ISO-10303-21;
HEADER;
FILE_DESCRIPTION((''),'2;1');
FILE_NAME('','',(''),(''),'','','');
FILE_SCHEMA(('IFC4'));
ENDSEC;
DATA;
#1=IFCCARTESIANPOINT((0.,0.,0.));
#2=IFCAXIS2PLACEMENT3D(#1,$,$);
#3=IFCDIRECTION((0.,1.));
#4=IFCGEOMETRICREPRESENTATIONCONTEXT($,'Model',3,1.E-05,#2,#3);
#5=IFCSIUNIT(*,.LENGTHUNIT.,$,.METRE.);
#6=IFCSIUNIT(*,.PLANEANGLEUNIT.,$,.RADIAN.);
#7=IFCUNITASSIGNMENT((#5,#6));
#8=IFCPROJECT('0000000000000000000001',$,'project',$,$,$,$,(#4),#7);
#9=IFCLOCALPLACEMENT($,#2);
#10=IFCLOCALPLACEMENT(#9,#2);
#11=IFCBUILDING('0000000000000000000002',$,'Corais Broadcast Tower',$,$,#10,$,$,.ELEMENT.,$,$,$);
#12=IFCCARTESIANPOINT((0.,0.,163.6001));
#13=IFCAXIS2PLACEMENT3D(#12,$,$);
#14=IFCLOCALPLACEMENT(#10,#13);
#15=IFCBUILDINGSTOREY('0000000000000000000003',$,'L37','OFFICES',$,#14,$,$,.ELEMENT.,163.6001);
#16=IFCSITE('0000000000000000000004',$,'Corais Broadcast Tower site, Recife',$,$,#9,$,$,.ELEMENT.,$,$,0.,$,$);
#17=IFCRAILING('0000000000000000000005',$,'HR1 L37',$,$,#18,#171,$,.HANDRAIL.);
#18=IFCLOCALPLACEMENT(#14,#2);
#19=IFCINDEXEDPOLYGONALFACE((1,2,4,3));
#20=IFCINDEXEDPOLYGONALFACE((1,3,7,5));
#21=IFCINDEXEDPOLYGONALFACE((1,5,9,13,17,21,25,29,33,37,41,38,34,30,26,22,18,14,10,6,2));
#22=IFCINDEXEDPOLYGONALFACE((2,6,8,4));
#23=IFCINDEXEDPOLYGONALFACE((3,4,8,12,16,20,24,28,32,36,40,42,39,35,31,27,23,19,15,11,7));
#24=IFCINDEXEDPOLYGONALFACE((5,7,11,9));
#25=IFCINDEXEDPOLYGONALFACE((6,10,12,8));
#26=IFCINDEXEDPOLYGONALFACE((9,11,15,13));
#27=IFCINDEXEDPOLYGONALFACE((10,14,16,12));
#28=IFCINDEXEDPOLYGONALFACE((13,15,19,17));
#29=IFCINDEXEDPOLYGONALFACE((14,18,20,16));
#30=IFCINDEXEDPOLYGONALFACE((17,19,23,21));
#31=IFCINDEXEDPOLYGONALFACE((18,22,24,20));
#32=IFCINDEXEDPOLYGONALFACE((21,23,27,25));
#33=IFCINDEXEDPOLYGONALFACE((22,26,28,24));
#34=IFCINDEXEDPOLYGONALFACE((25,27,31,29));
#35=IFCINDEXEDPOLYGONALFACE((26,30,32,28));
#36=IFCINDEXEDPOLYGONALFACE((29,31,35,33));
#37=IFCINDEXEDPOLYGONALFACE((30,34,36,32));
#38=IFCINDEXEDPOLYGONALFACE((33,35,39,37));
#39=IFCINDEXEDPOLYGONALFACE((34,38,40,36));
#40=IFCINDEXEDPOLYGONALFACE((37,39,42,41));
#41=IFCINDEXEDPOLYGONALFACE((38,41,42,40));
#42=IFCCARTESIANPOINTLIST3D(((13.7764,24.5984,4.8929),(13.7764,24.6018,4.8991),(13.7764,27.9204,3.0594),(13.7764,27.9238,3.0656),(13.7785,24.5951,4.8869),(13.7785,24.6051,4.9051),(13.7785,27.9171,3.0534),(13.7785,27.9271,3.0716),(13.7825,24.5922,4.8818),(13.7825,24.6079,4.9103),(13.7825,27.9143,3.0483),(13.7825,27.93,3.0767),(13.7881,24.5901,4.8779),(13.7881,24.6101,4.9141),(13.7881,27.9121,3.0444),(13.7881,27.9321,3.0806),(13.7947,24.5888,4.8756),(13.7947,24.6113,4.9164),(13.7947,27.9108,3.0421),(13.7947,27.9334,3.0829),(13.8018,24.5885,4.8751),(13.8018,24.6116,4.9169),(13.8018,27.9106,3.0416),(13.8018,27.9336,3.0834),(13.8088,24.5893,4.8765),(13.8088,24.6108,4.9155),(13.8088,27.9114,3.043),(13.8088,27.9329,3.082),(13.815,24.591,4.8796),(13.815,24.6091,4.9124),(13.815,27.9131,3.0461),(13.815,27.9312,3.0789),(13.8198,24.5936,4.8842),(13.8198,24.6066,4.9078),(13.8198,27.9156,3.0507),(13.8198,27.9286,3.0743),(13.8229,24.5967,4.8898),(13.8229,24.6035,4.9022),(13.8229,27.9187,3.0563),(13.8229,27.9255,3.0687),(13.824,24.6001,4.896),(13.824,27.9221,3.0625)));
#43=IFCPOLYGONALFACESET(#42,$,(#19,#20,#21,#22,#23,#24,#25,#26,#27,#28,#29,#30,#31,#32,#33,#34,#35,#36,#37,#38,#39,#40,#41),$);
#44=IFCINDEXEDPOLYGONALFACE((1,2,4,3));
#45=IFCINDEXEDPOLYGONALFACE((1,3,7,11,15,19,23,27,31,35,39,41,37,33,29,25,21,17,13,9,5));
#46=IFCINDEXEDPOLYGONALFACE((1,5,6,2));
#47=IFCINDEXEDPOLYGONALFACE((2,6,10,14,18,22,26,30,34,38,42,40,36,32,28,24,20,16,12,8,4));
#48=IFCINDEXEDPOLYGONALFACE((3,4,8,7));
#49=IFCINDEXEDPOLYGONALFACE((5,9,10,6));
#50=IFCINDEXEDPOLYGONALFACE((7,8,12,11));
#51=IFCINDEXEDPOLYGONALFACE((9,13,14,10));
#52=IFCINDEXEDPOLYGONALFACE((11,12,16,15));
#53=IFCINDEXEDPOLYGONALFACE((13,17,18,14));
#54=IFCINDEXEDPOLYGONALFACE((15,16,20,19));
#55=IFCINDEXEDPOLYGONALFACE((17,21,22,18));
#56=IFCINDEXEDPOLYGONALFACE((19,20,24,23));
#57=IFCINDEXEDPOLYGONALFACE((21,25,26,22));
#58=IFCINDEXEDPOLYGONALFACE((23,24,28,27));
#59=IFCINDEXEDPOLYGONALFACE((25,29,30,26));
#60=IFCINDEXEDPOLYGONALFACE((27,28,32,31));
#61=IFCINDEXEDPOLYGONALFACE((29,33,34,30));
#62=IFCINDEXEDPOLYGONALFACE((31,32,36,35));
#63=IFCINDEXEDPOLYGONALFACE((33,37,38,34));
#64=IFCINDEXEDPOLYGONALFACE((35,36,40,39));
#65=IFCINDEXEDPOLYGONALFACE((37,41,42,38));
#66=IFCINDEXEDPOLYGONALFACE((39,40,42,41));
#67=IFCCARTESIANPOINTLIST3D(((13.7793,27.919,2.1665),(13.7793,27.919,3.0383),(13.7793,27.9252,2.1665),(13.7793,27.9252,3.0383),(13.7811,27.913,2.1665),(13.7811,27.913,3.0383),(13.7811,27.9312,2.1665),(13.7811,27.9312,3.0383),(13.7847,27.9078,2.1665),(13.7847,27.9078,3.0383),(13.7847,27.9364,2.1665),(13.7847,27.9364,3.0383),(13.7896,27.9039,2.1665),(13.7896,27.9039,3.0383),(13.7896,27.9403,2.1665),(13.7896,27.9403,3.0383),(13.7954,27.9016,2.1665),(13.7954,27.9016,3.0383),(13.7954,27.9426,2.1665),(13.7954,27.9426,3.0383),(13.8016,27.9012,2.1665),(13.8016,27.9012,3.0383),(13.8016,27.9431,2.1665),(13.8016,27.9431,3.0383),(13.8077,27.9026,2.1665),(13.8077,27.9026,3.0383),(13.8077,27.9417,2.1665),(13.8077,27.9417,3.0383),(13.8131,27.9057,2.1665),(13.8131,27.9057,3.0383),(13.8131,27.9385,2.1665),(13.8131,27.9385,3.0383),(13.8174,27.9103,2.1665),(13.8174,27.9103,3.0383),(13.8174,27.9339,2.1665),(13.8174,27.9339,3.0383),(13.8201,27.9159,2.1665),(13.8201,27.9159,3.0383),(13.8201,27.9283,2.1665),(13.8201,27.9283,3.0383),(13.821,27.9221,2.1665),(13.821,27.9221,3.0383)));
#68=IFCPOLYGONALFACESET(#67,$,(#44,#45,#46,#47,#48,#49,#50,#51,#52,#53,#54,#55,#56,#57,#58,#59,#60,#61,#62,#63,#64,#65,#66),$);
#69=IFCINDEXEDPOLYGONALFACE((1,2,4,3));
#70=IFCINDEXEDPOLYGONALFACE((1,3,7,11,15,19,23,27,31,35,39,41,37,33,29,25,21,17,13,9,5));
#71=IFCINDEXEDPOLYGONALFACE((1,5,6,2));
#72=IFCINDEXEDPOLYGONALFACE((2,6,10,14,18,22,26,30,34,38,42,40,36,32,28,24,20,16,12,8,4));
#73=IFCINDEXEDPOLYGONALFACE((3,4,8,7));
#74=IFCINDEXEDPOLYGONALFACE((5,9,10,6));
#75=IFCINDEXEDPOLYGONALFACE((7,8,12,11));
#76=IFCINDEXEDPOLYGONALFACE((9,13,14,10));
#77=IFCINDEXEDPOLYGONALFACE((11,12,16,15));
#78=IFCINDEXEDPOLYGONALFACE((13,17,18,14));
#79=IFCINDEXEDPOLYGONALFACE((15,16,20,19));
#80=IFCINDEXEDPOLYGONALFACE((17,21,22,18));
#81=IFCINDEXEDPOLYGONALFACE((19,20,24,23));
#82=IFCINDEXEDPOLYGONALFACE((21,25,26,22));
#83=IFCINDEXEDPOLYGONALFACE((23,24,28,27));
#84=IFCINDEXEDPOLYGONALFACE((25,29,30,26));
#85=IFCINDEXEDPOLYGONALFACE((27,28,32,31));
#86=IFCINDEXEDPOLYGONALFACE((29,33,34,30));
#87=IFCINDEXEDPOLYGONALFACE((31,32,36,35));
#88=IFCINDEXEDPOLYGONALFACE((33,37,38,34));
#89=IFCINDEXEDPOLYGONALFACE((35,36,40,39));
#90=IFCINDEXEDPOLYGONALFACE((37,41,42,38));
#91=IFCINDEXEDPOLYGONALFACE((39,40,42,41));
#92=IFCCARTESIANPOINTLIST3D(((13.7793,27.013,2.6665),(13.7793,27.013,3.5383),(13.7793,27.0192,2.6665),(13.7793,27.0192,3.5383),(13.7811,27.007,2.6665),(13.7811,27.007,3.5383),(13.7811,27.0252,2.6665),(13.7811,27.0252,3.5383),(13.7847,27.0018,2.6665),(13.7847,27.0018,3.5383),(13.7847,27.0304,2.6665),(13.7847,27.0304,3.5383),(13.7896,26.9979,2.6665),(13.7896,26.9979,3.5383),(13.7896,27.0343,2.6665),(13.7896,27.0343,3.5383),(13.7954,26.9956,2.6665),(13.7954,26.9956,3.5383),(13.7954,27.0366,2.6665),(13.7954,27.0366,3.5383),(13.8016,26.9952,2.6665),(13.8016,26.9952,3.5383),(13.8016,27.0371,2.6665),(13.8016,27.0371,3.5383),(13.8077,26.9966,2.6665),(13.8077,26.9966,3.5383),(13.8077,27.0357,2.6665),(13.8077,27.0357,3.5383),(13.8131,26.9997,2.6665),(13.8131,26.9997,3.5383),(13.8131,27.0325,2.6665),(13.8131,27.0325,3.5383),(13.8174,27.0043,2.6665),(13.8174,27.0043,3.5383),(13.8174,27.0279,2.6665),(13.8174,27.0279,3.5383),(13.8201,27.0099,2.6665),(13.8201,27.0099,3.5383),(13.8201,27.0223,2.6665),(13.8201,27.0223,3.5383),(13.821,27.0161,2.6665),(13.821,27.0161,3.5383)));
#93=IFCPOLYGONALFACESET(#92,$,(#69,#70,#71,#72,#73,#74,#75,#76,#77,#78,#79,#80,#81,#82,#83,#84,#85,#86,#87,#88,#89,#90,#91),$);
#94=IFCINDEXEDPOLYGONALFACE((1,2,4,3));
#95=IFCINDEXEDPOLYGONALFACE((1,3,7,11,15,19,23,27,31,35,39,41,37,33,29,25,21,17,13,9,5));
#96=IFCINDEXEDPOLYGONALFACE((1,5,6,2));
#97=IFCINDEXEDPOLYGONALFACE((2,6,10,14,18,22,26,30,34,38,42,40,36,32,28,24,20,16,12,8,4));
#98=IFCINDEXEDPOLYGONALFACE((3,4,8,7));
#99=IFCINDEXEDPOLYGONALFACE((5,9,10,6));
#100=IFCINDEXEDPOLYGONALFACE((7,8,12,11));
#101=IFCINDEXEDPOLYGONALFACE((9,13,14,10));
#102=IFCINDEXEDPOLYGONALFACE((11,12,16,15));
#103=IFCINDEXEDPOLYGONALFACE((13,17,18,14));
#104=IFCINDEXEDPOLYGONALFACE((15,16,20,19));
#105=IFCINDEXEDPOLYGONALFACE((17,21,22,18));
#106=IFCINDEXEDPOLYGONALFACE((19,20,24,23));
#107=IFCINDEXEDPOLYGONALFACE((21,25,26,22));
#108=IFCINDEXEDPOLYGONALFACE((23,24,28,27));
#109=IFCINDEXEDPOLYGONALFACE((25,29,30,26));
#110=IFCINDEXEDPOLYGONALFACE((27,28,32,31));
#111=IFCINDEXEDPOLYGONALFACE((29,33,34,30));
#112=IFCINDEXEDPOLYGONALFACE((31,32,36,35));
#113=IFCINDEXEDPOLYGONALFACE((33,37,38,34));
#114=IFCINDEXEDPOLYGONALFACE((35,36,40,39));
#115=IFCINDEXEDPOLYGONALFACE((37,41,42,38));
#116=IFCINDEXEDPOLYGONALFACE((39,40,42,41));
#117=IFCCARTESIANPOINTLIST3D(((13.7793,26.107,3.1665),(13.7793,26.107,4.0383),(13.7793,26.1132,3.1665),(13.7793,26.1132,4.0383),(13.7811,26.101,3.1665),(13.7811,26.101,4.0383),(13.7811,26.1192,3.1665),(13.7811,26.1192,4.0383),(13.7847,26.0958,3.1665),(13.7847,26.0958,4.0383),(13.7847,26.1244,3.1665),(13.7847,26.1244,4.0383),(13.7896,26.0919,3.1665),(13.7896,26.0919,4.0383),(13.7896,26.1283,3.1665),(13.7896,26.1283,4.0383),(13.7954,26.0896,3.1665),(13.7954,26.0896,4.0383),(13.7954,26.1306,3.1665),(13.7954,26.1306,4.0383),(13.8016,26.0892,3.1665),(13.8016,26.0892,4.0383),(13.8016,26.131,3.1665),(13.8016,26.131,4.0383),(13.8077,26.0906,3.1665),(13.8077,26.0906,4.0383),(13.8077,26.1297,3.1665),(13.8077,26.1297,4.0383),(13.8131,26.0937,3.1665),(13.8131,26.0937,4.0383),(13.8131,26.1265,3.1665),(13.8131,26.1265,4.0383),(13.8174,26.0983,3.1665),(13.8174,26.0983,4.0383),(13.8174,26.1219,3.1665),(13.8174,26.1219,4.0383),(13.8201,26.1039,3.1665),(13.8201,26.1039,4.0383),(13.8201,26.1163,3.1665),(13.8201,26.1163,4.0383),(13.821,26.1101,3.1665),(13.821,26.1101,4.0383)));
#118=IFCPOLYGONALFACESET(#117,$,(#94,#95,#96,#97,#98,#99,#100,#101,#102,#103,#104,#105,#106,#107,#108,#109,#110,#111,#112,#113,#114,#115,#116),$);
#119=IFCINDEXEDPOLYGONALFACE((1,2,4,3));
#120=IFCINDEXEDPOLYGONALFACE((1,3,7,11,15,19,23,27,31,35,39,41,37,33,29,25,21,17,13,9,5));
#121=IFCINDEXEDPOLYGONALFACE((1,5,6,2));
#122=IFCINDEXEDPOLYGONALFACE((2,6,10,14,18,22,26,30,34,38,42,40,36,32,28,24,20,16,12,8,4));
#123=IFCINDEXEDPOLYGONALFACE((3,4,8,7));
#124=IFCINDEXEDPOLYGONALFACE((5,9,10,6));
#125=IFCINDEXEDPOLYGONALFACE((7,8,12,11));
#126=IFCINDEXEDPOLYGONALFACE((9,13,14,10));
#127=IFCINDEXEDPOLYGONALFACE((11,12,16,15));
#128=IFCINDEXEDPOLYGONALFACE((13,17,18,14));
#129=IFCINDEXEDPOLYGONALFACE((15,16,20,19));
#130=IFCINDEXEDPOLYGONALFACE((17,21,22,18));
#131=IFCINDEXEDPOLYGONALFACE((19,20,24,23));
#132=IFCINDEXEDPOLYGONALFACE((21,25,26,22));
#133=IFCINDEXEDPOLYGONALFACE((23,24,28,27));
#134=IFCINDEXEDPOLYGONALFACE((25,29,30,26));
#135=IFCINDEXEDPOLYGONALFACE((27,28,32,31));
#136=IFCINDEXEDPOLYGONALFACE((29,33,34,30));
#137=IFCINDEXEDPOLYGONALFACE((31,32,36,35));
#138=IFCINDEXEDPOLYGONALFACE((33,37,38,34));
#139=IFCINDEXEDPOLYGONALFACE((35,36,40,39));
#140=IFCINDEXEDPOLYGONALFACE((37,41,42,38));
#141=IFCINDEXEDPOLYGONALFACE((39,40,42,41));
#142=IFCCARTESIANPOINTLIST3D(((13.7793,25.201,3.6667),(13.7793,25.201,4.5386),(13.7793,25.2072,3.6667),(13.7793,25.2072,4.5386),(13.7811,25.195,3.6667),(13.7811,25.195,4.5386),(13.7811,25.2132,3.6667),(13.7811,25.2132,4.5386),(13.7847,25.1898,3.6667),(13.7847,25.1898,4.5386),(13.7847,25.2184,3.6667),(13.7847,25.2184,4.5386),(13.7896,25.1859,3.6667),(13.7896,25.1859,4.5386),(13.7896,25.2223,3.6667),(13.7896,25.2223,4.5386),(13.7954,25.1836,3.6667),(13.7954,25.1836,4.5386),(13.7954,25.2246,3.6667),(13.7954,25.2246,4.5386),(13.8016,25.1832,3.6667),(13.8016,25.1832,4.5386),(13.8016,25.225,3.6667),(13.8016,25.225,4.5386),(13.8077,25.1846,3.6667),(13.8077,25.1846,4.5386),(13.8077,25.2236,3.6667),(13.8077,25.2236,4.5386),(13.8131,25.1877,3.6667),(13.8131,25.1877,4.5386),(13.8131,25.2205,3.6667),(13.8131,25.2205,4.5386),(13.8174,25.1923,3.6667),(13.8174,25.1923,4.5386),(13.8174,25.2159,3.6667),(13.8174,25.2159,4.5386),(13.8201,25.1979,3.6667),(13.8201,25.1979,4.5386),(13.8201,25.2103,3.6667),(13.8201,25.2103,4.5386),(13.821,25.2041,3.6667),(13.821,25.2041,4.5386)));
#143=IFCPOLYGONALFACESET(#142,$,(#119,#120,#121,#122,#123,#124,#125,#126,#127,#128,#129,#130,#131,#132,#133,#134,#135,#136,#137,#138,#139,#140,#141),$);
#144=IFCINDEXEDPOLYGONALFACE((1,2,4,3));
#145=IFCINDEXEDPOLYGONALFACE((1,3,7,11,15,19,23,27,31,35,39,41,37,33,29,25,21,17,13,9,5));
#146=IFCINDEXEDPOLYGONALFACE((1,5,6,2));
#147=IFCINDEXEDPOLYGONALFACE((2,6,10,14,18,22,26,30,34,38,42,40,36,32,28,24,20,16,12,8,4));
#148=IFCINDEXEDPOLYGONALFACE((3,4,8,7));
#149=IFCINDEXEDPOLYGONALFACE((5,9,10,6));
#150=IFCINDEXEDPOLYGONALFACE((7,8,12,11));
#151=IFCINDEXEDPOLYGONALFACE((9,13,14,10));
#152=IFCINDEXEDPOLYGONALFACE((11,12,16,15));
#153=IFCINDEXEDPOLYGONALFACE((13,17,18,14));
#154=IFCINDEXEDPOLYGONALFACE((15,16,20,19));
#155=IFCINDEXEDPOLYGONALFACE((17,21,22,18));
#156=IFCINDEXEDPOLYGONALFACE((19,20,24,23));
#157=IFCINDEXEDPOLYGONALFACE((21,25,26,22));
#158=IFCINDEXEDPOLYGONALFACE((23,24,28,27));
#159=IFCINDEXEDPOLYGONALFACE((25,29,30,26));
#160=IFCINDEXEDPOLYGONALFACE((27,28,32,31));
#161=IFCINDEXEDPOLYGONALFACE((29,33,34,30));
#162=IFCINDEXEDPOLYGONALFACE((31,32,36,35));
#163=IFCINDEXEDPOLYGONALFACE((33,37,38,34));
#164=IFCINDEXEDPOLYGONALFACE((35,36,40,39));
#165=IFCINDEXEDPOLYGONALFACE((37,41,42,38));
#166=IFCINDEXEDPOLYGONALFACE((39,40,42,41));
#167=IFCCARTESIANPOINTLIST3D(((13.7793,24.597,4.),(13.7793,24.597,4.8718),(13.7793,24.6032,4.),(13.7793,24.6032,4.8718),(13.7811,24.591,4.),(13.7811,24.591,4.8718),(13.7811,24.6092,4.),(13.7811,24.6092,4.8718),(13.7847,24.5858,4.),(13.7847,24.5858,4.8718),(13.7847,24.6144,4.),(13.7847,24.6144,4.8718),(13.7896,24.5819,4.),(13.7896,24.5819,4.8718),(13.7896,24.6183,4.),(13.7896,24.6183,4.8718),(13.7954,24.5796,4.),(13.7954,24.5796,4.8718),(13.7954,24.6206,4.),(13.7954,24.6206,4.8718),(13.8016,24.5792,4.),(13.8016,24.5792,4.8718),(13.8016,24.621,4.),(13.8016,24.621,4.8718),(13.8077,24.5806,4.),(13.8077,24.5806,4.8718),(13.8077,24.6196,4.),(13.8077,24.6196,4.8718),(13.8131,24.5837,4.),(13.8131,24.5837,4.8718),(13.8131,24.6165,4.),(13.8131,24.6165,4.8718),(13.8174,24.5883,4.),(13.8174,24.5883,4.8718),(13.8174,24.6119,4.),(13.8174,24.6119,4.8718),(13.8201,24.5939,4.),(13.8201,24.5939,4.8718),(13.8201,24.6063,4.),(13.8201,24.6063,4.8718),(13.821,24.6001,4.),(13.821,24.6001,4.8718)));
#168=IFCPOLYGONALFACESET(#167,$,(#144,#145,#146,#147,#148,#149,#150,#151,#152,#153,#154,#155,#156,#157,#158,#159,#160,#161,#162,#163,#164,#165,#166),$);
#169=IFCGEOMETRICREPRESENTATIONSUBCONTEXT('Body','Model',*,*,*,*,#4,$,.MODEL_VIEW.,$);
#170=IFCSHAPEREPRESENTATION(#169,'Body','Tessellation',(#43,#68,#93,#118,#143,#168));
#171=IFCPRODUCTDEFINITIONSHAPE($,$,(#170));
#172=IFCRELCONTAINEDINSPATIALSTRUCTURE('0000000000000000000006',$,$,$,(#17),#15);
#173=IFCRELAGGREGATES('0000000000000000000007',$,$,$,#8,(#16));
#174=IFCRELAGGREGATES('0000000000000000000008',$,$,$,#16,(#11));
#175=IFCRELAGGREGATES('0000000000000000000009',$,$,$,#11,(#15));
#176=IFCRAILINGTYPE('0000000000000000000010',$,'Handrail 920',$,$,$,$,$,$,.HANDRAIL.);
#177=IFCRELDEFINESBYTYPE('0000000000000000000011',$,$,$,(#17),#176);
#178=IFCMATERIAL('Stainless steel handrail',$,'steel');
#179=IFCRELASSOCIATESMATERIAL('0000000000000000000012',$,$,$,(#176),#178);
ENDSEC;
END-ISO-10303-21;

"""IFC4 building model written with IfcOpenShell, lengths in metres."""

from ifc_helpers import new_model, si_unit, direction, frame, origin, origin_2d, place, context, subcontext, project, spatial, circle, extrude, material, type_object, element, save


model = new_model("IFC4")

# Units and contexts
model_context = context("Model", 3, precision=1e-05, world=origin(), true_north=direction((0.0, 1.0)))
body_context = subcontext(model_context, "Body", "Model", "MODEL_VIEW")
ifc_project = project(units=[si_unit("LENGTHUNIT", "METRE"), si_unit("PLANEANGLEUNIT", "RADIAN")], contexts=[model_context])

# Site, building, storey
site_placement = place(None, origin())
site = spatial("IfcSite", under=ifc_project, at=site_placement, Name="Corais Broadcast Tower site, Recife", CompositionType="ELEMENT", RefElevation=0.0)
building_placement = place(site_placement, origin())
building = spatial("IfcBuilding", under=site, at=building_placement, Name="Corais Broadcast Tower", CompositionType="ELEMENT")
storey_placement = place(building_placement, frame((0.0, 0.0, 163.6001)))
storey = spatial("IfcBuildingStorey", under=building, at=storey_placement, Name="L37", Description="OFFICES", CompositionType="ELEMENT", Elevation=163.6001)

# Railing
ifc_material_1 = material(Name="Stainless steel handrail", Category="steel")
railing_type = type_object("IfcRailingType", Name="Handrail 920", PredefinedType="HANDRAIL", material=ifc_material_1)
for number, where, name in (
    (1, (13.8, 27.9221, 2.1665), "HR1 L37"),
):
    element("IfcRailing", number, at=place(storey_placement, frame(where)), inside=storey, type_object=railing_type, Name=name, PredefinedType="HANDRAIL", context=body_context, shape_type="SweptSolid", body=[
        extrude(circle(Radius=0.0239, at=origin_2d()), frame((0.0, 0.0, 0.896), z_axis=(0.0, -0.875504, 0.48321), x_axis=(1.0, 0.0, 0.0)), (0.0, 0.0, 1.0), 3.7944),
        extrude(circle(Radius=0.021, at=origin_2d()), origin(), (0.0, 0.0, 1.0), 0.8718),
        extrude(circle(Radius=0.021, at=origin_2d()), frame((0.0, -0.906, 0.5)), (0.0, 0.0, 1.0), 0.8718),
        extrude(circle(Radius=0.021, at=origin_2d()), frame((0.0, -1.812, 1.0)), (0.0, 0.0, 1.0), 0.8718),
        extrude(circle(Radius=0.021, at=origin_2d()), frame((0.0, -2.718, 1.5002)), (0.0, 0.0, 1.0), 0.8718),
        extrude(circle(Radius=0.021, at=origin_2d()), frame((0.0, -3.322, 1.8335)), (0.0, 0.0, 1.0), 0.8718),
    ])

save(model, "model.ifc")
